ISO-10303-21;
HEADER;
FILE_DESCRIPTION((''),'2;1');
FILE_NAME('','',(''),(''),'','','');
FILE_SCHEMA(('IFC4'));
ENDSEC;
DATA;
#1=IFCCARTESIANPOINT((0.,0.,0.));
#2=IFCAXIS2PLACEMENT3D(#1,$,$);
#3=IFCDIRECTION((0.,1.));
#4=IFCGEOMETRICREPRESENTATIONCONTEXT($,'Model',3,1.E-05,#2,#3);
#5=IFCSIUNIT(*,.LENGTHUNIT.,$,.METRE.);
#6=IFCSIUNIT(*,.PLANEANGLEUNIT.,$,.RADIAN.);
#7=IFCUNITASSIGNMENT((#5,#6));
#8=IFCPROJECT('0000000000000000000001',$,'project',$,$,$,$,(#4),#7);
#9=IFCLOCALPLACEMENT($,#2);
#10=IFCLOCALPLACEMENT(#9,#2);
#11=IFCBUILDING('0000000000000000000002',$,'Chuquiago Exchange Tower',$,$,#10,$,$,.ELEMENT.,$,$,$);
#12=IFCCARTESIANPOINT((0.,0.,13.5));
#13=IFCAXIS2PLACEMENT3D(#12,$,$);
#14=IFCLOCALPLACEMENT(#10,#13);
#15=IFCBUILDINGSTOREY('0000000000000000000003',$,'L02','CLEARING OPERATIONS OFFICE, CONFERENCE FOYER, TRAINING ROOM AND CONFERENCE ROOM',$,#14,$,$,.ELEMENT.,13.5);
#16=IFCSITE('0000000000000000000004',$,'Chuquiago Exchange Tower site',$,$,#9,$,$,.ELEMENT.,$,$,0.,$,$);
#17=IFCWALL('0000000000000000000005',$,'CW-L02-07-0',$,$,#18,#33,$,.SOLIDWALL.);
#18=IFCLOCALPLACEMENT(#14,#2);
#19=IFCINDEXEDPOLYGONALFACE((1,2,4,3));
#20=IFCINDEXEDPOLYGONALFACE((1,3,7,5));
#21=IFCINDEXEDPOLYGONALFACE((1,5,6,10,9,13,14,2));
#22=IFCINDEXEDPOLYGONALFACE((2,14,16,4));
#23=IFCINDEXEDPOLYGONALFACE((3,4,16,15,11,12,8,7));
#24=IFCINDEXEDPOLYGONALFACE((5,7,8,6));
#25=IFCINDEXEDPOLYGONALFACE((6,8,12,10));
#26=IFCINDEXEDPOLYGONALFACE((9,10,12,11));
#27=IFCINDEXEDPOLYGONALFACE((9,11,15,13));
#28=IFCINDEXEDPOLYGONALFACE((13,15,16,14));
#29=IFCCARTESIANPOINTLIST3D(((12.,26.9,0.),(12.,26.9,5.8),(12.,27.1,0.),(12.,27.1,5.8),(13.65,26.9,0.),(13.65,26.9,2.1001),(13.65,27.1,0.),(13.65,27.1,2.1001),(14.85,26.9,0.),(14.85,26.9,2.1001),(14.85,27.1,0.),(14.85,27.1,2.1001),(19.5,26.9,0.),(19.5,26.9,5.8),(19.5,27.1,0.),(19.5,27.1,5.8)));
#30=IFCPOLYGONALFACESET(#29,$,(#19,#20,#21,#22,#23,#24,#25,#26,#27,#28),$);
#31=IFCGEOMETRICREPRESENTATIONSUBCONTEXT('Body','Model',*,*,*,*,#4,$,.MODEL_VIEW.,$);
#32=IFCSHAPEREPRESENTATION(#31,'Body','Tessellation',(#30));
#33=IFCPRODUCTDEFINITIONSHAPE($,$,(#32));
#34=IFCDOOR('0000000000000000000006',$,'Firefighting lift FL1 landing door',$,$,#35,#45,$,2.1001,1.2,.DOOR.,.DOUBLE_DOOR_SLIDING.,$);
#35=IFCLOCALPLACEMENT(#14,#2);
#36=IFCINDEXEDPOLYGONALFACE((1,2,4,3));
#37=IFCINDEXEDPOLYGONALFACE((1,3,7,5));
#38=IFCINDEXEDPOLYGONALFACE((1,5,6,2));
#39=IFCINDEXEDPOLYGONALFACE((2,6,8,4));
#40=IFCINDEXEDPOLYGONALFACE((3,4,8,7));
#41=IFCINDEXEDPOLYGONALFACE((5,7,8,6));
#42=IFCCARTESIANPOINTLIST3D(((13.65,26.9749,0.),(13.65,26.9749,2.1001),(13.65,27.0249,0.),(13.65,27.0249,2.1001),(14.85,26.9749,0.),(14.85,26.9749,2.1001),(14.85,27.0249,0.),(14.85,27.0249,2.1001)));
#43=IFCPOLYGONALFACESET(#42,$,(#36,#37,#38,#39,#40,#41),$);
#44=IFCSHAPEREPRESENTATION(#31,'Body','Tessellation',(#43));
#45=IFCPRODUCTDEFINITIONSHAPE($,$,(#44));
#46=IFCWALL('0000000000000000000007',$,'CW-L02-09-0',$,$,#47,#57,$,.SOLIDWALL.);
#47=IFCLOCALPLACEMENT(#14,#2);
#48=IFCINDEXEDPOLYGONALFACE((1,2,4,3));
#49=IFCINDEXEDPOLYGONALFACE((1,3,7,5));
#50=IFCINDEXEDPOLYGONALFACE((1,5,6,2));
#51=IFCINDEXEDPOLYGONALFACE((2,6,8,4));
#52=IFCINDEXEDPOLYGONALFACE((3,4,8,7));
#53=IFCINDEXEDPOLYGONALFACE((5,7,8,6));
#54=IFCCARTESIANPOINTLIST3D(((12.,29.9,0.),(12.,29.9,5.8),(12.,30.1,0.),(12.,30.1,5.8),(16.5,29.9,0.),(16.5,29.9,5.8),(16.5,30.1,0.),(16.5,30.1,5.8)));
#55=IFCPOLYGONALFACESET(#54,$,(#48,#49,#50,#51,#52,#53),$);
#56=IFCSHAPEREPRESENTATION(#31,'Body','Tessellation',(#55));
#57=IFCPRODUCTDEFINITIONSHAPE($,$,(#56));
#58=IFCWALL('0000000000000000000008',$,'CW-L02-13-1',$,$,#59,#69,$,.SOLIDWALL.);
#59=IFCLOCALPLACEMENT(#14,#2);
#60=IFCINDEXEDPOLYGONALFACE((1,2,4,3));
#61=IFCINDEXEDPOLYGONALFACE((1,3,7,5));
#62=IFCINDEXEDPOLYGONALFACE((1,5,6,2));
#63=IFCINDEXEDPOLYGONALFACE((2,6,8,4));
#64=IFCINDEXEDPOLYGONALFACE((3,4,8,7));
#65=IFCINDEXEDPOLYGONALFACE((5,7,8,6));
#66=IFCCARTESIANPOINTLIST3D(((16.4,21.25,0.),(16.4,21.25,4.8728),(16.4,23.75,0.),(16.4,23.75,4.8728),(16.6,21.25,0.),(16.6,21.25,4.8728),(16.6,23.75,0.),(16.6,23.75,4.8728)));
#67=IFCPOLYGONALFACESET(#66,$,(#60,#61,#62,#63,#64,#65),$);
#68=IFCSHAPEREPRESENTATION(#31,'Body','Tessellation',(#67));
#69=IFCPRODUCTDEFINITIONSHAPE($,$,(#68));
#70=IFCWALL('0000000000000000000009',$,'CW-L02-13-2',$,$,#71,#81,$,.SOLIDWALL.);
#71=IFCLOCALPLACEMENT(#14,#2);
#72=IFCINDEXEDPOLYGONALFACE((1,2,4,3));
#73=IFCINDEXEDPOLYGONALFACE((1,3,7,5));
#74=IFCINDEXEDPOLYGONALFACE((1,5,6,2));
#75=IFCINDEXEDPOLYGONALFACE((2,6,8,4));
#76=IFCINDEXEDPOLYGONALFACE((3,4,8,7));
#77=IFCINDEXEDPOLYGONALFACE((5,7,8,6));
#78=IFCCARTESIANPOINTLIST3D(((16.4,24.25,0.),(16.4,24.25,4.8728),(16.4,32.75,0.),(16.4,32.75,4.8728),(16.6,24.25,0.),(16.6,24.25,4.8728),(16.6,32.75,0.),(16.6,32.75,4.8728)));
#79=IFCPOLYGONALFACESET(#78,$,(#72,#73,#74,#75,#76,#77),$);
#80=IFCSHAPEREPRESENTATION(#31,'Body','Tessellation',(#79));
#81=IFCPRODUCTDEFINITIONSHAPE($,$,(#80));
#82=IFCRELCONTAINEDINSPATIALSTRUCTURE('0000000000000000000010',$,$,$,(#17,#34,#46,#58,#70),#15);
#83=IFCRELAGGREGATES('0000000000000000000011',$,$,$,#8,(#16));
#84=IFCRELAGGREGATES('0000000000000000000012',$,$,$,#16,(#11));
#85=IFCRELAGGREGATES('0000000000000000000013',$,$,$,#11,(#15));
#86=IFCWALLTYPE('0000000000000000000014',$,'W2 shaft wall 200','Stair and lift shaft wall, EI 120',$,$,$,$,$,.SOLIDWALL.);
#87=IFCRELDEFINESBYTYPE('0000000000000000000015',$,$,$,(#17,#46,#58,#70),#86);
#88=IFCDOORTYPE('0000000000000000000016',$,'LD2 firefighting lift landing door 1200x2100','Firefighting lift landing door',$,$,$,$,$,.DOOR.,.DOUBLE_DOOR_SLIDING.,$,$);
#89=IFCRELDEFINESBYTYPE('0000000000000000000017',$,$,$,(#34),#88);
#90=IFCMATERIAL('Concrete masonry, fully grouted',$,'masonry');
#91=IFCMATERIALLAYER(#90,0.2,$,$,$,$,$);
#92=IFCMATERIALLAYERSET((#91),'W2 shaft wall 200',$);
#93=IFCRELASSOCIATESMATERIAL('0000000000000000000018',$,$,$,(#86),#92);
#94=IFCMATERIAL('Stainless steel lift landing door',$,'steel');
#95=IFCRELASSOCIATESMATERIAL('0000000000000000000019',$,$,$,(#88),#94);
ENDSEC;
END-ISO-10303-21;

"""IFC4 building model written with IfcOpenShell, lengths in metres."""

from ifc_helpers import new_model, si_unit, direction, frame, frame_2d, origin, place, context, subcontext, project, spatial, rectangle, extrude, material, layer, layer_set, type_object, element, fill, save


model = new_model("IFC4")

# Units and contexts
model_context = context("Model", 3, precision=1e-05, world=origin(), true_north=direction((0.0, 1.0)))
body_context = subcontext(model_context, "Body", "Model", "MODEL_VIEW")
ifc_project = project(units=[si_unit("LENGTHUNIT", "METRE"), si_unit("PLANEANGLEUNIT", "RADIAN")], contexts=[model_context])

# Site, building, storey
site_placement = place(None, origin())
site = spatial("IfcSite", under=ifc_project, at=site_placement, Name="Chuquiago Exchange Tower site", CompositionType="ELEMENT", RefElevation=0.0)
building_placement = place(site_placement, origin())
building = spatial("IfcBuilding", under=site, at=building_placement, Name="Chuquiago Exchange Tower", CompositionType="ELEMENT")
storey_placement = place(building_placement, frame((0.0, 0.0, 13.5)))
storey = spatial("IfcBuildingStorey", under=building, at=storey_placement, Name="L02", Description="CLEARING OPERATIONS OFFICE, CONFERENCE FOYER, TRAINING ROOM AND CONFERENCE ROOM", CompositionType="ELEMENT", Elevation=13.5)

# Shared definitions
ifc_material_1 = material(Name="Concrete masonry, fully grouted", Category="masonry")
ifc_layer_1 = layer(ifc_material_1, 0.2)
ifc_layer_set_1 = layer_set([ifc_layer_1], Name="W2 shaft wall 200")
wall_type_1 = type_object("IfcWallType", Name="W2 shaft wall 200", Description="Stair and lift shaft wall, EI 120", PredefinedType="SOLIDWALL", material=ifc_layer_set_1)

# Wall, opening, door
wall_1_placement = place(storey_placement, frame((12.0, 27.0, 0.0), z_axis=(0.0, 0.0, 1.0), x_axis=(1.0, 0.0, 0.0)))
wall_1 = element("IfcWall", 1, at=wall_1_placement, inside=storey, type_object=wall_type_1, Name="CW-L02-07-0", PredefinedType="SOLIDWALL", context=body_context, shape_type="SweptSolid", body=[
    extrude(rectangle(XDim=7.5, YDim=0.2, at=frame_2d((3.75, 0.0))), origin(), (0.0, 0.0, 1.0), 5.8),
])
opening_1_placement = place(wall_1_placement, frame((1.6499, 0.0, 0.0)))
opening_1 = element("IfcOpeningElement", 2, at=opening_1_placement, cuts=wall_1, PredefinedType="OPENING", context=body_context, shape_type="SweptSolid", body=[
    extrude(rectangle(XDim=1.2, YDim=2.1001, at=frame_2d((0.6001, 1.05))), frame((0.0, 0.1099, 0.0), z_axis=(0.0, -1.0, 0.0), x_axis=(1.0, 0.0, 0.0)), (0.0, 0.0, 1.0), 0.22),
])
ifc_material_2 = material(Name="Stainless steel lift landing door", Category="steel")
door_type_1 = type_object("IfcDoorType", Name="LD2 firefighting lift landing door 1200x2100", Description="Firefighting lift landing door", OperationType="DOUBLE_DOOR_SLIDING", PredefinedType="DOOR", material=ifc_material_2)
door_1_placement = place(opening_1_placement, origin())
door_1 = element("IfcDoor", 3, at=door_1_placement, inside=storey, type_object=door_type_1, Name="Firefighting lift FL1 landing door", OperationType="DOUBLE_DOOR_SLIDING", OverallHeight=2.1001, OverallWidth=1.2, PredefinedType="DOOR", context=body_context, shape_type="SweptSolid", body=[
    extrude(rectangle(XDim=1.2, YDim=2.1001, at=frame_2d((0.6001, 1.05))), frame((0.0, 0.0249, 0.0), z_axis=(0.0, -1.0, 0.0), x_axis=(1.0, 0.0, 0.0)), (0.0, 0.0, 1.0), 0.05),
])
fill(opening_1, door_1)

# Walls
wall_2_placement = place(storey_placement, frame((12.0, 30.0, 0.0), z_axis=(0.0, 0.0, 1.0), x_axis=(1.0, 0.0, 0.0)))
element("IfcWall", 4, at=wall_2_placement, inside=storey, type_object=wall_type_1, Name="CW-L02-09-0", PredefinedType="SOLIDWALL", context=body_context, shape_type="SweptSolid", body=[
    extrude(rectangle(XDim=4.5, YDim=0.2, at=frame_2d((2.25, 0.0))), origin(), (0.0, 0.0, 1.0), 5.8),
])
wall_3_placement = place(storey_placement, frame((16.5, 21.25, 0.0), z_axis=(0.0, 0.0, 1.0), x_axis=(0.0, 1.0, 0.0)))
element("IfcWall", 5, at=wall_3_placement, inside=storey, type_object=wall_type_1, Name="CW-L02-13-1", PredefinedType="SOLIDWALL", context=body_context, shape_type="SweptSolid", body=[
    extrude(rectangle(XDim=2.5, YDim=0.2, at=frame_2d((1.25, 0.0))), origin(), (0.0, 0.0, 1.0), 4.8728),
])
wall_4_placement = place(storey_placement, frame((16.5, 24.25, 0.0), z_axis=(0.0, 0.0, 1.0), x_axis=(0.0, 1.0, 0.0)))
element("IfcWall", 6, at=wall_4_placement, inside=storey, type_object=wall_type_1, Name="CW-L02-13-2", PredefinedType="SOLIDWALL", context=body_context, shape_type="SweptSolid", body=[
    extrude(rectangle(XDim=8.5, YDim=0.2, at=frame_2d((4.25, 0.0))), origin(), (0.0, 0.0, 1.0), 4.8728),
])

save(model, "model.ifc")
